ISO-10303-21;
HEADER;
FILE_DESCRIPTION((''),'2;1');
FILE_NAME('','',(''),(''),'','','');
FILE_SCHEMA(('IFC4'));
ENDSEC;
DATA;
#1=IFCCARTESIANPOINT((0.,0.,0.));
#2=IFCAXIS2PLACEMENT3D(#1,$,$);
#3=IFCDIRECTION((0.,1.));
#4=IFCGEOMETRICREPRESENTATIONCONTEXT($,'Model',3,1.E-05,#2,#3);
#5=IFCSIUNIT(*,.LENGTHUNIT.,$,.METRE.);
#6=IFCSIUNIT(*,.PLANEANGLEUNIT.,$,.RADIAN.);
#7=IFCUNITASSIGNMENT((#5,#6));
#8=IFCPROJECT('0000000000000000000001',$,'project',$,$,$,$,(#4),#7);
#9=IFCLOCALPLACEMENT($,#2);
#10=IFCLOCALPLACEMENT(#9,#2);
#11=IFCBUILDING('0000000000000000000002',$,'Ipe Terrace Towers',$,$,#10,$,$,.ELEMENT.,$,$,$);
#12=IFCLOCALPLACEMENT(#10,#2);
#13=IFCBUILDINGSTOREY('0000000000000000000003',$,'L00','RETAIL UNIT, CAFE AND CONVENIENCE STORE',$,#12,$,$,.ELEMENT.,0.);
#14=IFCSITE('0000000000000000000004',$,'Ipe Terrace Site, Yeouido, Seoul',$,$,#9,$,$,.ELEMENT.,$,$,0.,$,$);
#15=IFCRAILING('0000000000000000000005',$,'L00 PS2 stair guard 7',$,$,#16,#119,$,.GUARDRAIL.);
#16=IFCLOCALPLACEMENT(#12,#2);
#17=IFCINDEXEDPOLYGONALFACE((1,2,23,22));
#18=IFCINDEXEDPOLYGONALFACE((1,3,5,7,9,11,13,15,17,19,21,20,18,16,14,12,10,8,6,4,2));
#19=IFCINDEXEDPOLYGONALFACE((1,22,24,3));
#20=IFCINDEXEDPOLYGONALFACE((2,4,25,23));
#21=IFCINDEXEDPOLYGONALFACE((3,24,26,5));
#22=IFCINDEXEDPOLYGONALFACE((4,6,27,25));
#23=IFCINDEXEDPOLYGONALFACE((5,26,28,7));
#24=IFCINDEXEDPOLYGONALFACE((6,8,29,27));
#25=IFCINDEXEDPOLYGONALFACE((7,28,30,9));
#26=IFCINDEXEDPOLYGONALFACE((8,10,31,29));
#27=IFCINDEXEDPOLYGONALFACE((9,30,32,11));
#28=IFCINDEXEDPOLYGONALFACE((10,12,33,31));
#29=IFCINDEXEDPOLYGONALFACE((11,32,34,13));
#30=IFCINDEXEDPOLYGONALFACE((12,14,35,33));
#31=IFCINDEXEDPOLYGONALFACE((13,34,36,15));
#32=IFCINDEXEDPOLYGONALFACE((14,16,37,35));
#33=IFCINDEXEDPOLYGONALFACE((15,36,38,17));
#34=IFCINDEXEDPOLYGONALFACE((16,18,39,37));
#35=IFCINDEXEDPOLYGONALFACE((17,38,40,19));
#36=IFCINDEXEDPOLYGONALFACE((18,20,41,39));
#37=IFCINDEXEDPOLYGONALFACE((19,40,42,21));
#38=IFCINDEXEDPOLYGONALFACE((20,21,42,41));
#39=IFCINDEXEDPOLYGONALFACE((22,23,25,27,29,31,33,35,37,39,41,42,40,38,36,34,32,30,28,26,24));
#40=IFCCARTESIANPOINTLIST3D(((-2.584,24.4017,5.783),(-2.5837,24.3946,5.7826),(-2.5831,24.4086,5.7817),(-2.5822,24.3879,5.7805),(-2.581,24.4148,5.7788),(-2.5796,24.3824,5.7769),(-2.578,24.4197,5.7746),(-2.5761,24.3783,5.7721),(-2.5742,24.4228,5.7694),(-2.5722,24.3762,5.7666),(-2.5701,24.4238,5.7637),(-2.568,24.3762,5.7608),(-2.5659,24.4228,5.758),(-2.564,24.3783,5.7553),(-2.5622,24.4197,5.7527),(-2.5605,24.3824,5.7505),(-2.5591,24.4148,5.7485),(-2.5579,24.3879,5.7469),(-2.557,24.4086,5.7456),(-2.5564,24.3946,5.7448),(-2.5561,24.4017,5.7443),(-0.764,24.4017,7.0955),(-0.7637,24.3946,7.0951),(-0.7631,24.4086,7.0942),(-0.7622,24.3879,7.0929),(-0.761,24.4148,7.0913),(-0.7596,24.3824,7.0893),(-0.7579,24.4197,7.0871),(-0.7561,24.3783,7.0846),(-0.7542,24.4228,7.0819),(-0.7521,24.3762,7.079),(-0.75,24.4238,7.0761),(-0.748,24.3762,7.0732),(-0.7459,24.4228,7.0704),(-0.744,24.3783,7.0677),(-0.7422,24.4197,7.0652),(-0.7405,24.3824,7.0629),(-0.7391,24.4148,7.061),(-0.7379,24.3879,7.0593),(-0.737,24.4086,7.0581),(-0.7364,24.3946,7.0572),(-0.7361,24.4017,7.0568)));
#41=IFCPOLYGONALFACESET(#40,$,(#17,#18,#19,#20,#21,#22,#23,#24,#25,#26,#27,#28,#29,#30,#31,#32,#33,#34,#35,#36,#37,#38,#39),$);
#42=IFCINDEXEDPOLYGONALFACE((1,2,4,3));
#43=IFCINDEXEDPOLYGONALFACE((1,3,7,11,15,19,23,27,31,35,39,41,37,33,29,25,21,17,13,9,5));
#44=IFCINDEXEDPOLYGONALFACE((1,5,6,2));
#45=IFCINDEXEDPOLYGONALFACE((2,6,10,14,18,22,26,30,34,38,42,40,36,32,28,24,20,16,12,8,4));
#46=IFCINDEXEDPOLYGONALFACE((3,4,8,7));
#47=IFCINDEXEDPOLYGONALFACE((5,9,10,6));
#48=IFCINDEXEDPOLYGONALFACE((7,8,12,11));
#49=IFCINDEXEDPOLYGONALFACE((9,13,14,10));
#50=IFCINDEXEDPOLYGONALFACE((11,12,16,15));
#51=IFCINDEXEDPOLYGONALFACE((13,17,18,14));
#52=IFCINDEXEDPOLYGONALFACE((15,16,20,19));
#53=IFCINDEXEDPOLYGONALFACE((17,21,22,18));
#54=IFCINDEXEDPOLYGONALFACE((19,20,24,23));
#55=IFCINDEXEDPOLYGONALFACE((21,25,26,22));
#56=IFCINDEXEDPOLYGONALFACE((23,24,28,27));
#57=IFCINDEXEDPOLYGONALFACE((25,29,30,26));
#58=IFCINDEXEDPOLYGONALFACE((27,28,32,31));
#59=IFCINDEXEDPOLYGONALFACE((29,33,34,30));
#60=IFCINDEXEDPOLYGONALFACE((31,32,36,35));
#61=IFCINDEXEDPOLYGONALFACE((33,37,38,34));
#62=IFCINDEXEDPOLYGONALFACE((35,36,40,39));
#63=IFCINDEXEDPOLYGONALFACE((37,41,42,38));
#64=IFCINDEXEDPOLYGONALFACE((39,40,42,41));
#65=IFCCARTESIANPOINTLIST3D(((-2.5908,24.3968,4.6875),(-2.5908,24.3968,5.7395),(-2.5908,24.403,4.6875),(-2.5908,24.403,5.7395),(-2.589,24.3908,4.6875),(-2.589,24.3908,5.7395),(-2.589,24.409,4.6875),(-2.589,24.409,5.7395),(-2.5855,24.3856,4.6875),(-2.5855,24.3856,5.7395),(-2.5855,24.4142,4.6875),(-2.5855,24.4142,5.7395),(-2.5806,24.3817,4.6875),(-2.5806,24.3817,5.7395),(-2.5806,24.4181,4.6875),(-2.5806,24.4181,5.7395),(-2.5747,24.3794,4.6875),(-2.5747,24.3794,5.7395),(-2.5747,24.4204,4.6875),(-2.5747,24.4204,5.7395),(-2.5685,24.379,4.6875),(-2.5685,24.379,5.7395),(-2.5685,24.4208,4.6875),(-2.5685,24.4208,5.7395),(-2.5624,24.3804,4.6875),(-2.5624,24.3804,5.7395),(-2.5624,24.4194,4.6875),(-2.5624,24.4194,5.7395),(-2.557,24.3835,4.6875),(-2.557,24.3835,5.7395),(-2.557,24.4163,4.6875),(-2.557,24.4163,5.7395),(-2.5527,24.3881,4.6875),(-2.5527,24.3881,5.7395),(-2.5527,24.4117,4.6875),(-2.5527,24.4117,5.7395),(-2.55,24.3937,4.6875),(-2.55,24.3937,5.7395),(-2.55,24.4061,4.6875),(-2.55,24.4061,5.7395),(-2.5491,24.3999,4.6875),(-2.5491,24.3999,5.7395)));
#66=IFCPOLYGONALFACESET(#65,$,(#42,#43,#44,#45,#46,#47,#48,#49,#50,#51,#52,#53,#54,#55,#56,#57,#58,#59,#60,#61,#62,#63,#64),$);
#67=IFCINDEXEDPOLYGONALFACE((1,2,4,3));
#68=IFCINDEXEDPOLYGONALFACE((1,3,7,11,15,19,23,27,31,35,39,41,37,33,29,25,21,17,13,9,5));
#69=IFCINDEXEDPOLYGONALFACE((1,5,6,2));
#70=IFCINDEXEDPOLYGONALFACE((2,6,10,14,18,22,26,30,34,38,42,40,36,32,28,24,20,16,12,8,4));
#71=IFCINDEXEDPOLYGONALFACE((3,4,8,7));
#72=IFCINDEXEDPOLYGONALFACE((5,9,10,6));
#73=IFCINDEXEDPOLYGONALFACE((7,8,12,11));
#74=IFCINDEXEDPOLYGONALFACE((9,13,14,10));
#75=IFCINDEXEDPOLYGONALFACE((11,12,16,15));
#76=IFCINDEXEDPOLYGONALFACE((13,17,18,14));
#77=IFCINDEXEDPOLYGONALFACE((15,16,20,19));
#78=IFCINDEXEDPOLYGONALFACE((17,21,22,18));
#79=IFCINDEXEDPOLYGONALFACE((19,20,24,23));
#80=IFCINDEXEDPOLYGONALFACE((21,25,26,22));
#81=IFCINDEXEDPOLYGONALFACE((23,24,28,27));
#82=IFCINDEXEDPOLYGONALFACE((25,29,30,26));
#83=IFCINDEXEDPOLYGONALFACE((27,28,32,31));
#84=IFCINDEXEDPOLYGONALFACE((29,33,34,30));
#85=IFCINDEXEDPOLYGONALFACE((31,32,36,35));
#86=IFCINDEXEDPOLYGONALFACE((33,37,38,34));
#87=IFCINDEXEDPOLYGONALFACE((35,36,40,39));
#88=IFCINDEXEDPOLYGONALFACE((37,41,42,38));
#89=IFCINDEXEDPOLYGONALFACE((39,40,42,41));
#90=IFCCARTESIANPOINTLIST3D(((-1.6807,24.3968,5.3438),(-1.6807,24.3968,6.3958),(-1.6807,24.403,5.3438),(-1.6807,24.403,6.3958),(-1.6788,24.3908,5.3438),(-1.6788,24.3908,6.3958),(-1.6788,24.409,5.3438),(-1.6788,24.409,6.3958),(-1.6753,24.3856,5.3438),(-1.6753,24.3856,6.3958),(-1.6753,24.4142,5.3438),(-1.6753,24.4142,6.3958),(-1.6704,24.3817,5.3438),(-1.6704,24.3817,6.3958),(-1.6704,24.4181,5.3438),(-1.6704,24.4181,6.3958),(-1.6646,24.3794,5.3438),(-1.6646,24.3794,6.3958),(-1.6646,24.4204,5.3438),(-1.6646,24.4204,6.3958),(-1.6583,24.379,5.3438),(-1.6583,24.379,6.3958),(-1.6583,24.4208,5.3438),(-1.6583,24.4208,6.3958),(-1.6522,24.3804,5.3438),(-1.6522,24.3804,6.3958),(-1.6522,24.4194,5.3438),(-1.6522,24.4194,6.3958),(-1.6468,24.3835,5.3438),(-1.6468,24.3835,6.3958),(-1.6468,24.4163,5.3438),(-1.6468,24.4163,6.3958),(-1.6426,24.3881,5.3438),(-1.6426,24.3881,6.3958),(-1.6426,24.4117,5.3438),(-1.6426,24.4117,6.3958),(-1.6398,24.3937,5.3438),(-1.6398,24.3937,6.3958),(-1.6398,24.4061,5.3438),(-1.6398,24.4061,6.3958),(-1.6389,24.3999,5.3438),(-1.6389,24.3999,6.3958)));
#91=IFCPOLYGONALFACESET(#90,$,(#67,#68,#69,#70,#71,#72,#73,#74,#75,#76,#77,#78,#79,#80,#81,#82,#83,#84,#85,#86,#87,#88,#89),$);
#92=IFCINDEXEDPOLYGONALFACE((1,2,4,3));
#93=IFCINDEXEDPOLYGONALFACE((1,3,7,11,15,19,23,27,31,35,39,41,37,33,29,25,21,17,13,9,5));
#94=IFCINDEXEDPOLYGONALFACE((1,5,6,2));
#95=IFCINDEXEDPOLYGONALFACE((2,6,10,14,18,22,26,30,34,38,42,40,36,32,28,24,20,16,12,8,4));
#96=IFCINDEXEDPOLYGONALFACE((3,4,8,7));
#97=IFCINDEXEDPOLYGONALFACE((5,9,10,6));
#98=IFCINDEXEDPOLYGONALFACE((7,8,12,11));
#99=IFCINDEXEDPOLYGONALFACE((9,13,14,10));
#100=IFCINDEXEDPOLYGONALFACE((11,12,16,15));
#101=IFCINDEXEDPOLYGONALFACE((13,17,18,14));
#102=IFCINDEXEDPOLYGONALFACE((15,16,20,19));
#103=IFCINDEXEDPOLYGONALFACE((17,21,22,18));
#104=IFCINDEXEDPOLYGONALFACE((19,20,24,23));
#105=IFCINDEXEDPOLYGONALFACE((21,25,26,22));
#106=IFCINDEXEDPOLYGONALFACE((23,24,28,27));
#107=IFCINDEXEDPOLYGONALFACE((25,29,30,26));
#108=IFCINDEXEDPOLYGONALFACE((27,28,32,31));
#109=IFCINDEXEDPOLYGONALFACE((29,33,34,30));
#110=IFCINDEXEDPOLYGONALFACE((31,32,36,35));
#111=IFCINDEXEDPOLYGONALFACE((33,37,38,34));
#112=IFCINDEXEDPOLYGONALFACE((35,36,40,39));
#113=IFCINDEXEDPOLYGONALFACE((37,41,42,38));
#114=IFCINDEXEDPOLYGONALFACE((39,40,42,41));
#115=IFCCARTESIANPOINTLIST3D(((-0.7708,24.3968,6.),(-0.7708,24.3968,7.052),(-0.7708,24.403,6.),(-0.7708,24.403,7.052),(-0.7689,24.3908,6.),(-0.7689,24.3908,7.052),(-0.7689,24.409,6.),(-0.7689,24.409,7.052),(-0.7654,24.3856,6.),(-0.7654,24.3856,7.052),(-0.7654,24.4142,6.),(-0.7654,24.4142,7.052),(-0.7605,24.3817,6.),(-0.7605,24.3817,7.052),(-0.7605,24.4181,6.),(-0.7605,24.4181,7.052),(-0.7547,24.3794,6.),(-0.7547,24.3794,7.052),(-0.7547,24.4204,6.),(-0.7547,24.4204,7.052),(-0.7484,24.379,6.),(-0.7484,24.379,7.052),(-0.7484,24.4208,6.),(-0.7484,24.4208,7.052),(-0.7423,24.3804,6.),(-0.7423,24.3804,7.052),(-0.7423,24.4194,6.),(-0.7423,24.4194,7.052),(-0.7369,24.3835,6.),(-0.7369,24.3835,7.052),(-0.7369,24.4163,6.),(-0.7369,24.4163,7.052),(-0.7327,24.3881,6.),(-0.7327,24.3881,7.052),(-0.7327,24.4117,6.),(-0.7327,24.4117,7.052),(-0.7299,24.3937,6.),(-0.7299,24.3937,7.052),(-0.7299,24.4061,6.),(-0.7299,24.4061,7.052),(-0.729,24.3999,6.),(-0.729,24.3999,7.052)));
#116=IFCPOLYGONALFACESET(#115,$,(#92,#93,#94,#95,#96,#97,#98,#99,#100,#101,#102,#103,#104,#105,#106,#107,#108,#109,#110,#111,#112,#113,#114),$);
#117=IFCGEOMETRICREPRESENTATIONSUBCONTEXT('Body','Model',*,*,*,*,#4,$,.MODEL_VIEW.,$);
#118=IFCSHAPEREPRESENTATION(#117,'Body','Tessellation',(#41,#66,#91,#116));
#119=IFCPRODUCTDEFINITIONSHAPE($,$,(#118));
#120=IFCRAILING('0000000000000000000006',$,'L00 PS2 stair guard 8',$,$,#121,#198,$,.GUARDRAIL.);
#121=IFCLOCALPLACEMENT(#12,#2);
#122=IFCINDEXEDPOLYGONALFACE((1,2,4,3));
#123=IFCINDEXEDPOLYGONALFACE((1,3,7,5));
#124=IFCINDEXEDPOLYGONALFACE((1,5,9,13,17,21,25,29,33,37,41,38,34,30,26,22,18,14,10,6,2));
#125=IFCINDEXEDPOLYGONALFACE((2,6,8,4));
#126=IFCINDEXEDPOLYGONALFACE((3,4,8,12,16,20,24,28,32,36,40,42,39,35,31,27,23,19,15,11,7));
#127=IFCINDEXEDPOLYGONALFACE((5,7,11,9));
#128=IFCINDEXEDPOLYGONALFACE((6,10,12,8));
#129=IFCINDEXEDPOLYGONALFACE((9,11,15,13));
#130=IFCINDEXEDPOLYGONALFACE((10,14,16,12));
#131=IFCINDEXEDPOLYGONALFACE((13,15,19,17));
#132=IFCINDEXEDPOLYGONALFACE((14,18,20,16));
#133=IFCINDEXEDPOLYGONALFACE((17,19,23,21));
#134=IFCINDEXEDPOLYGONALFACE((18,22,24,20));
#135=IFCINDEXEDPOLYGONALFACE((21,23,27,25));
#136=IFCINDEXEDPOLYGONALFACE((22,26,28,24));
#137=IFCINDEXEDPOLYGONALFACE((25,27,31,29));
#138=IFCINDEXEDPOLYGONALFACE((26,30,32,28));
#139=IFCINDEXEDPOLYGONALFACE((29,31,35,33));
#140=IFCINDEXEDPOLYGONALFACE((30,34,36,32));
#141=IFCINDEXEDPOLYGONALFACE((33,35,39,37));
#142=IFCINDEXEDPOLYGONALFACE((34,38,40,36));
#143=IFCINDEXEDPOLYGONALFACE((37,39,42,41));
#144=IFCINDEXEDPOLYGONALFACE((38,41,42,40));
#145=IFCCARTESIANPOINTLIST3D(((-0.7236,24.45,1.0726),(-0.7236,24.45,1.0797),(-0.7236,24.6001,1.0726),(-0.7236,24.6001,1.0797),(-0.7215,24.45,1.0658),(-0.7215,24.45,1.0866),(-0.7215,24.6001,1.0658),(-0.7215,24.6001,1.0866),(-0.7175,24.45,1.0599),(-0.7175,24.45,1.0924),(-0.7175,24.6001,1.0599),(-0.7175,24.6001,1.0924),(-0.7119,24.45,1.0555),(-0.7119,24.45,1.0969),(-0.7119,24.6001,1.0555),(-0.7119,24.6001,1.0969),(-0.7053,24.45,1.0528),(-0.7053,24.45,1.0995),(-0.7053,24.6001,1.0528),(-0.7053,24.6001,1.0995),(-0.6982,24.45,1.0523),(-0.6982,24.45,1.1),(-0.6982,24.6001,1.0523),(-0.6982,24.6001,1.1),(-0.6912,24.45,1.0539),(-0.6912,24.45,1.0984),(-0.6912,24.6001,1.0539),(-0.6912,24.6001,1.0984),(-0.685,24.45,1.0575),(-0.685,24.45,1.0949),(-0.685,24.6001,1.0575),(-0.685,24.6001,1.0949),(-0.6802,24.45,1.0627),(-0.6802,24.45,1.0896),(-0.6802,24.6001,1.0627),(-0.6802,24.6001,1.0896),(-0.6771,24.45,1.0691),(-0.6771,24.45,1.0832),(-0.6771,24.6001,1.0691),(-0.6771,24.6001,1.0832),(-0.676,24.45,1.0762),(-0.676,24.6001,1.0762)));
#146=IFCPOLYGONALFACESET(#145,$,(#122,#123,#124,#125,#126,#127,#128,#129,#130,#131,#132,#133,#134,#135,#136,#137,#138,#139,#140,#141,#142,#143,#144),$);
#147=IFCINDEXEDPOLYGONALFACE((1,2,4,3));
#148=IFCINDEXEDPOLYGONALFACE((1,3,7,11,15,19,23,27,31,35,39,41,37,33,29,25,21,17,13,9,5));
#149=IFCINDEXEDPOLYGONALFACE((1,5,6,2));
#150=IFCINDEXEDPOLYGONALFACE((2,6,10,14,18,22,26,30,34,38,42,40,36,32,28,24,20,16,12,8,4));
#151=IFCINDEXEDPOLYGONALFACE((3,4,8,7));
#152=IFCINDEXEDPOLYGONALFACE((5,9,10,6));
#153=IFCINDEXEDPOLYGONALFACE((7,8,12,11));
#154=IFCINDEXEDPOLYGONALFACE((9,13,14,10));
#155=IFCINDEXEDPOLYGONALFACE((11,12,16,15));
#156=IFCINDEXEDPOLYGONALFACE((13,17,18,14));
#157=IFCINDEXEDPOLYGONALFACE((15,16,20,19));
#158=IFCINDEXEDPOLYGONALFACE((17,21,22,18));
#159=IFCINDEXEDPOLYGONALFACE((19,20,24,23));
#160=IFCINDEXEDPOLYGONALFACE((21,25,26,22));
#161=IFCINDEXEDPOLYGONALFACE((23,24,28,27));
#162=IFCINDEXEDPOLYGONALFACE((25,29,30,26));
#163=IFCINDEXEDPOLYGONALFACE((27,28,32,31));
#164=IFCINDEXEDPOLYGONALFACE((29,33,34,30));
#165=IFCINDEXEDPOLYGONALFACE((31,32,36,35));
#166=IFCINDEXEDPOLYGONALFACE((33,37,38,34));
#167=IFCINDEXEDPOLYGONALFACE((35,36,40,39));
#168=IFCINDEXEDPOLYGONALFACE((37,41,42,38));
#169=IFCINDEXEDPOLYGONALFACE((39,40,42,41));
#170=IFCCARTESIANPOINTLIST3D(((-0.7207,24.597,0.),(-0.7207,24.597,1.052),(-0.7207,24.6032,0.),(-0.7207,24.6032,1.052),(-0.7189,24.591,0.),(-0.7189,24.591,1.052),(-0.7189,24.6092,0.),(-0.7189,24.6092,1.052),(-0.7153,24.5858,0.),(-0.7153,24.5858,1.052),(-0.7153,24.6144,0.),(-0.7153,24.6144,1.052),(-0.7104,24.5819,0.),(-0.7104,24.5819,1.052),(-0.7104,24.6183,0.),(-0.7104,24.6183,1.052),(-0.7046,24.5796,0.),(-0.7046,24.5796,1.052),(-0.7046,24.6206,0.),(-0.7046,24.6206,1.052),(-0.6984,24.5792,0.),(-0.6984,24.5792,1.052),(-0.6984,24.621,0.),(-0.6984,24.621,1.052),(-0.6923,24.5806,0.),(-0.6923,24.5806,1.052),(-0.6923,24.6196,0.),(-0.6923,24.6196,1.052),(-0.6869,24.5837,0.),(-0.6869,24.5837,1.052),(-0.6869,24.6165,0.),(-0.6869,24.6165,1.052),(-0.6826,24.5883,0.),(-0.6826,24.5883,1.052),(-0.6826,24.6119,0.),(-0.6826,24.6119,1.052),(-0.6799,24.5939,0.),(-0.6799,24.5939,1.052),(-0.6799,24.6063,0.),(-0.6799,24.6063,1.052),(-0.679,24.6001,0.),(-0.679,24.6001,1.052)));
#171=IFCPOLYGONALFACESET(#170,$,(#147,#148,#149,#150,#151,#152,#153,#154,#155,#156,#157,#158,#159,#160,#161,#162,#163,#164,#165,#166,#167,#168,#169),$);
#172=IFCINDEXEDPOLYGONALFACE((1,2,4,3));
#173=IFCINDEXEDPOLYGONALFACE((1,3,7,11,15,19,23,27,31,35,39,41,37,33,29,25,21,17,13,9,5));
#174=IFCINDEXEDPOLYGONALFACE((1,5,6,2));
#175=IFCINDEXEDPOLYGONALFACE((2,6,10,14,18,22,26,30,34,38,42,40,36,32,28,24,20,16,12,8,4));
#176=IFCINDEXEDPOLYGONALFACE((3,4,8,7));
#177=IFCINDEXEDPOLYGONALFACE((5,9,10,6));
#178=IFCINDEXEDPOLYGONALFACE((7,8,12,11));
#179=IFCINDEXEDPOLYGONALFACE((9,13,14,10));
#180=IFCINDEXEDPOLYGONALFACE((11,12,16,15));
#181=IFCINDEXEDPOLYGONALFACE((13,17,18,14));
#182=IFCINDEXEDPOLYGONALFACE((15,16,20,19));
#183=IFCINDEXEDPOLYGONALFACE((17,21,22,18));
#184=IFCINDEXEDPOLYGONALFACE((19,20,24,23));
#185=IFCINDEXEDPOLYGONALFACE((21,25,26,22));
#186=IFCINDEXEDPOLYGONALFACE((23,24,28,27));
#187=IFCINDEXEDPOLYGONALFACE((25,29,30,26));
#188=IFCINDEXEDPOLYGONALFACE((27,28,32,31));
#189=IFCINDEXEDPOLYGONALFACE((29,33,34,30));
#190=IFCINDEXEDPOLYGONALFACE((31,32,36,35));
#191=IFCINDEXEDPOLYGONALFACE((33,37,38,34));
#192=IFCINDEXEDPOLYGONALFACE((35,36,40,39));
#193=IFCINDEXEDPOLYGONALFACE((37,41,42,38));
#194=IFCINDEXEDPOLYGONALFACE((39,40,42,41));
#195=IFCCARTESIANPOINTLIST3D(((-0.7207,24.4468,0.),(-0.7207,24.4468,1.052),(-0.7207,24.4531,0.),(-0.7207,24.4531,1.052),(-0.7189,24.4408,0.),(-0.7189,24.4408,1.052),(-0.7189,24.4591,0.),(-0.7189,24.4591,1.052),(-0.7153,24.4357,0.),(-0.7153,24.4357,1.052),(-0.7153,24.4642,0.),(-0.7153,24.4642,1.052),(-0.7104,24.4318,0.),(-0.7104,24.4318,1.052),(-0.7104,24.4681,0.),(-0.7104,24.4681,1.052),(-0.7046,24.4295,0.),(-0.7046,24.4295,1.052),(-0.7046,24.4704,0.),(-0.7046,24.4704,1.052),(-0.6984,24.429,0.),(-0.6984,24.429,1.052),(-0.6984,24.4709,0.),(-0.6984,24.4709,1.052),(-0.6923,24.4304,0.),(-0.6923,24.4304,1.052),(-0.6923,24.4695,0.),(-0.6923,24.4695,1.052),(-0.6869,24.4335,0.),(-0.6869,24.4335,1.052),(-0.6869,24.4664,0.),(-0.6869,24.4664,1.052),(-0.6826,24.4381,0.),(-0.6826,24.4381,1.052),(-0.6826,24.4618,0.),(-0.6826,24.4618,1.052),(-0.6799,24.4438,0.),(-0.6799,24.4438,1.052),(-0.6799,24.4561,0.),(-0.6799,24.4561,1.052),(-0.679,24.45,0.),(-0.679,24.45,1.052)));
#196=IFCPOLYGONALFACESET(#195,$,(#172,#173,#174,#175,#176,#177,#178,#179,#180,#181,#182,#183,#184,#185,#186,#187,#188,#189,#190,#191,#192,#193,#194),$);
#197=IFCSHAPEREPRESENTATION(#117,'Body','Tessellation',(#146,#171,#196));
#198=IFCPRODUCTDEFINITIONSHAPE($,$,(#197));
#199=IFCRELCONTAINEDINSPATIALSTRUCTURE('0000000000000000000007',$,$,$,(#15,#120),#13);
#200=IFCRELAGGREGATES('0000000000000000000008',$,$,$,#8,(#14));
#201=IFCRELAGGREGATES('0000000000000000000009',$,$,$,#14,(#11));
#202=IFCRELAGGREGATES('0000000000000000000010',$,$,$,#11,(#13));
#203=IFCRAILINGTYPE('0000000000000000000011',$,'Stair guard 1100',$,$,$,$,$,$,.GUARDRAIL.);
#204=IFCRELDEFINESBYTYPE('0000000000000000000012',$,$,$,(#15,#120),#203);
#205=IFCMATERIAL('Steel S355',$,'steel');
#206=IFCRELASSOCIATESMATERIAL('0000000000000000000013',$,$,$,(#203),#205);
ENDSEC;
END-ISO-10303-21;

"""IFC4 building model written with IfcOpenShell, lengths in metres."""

from ifc_helpers import new_model, si_unit, direction, frame, origin, origin_2d, place, context, subcontext, project, spatial, circle, extrude, material, type_object, element, save


model = new_model("IFC4")

# Units and contexts
model_context = context("Model", 3, precision=1e-05, world=origin(), true_north=direction((0.0, 1.0)))
body_context = subcontext(model_context, "Body", "Model", "MODEL_VIEW")
ifc_project = project(units=[si_unit("LENGTHUNIT", "METRE"), si_unit("PLANEANGLEUNIT", "RADIAN")], contexts=[model_context])

# Site, building, storey
site_placement = place(None, origin())
site = spatial("IfcSite", under=ifc_project, at=site_placement, Name="Ipe Terrace Site, Yeouido, Seoul", CompositionType="ELEMENT", RefElevation=0.0)
building_placement = place(site_placement, origin())
building = spatial("IfcBuilding", under=site, at=building_placement, Name="Ipe Terrace Towers", CompositionType="ELEMENT")
storey_placement = place(building_placement, origin())
storey = spatial("IfcBuildingStorey", under=building, at=storey_placement, Name="L00", Description="RETAIL UNIT, CAFE AND CONVENIENCE STORE", CompositionType="ELEMENT", Elevation=0.0)

# Railings
ifc_material_1 = material(Name="Steel S355", Category="steel")
railing_type_1 = type_object("IfcRailingType", Name="Stair guard 1100", PredefinedType="GUARDRAIL", material=ifc_material_1)
railing_1_placement = place(storey_placement, frame((-2.5701, 24.3999, 4.6875)))
element("IfcRailing", 1, at=railing_1_placement, inside=storey, type_object=railing_type_1, Name="L00 PS2 stair guard 7", PredefinedType="GUARDRAIL", context=body_context, shape_type="SweptSolid", body=[
    extrude(circle(Radius=0.0239, at=origin_2d()), frame((0.0, 0.0, 1.0762), z_axis=(0.811101, 0.0, 0.584906), x_axis=(0.0, 1.0, 0.0)), (0.0, 0.0, 1.0), 2.2439),
    extrude(circle(Radius=0.021, at=origin_2d()), origin(), (0.0, 0.0, 1.0), 1.052),
    extrude(circle(Radius=0.021, at=origin_2d()), frame((0.9102, 0.0, 0.6562)), (0.0, 0.0, 1.0), 1.052),
    extrude(circle(Radius=0.021, at=origin_2d()), frame((1.8201, 0.0, 1.3125)), (0.0, 0.0, 1.0), 1.052),
])
railing_2_placement = place(storey_placement, frame((-0.7, 24.6001, 0.0)))
element("IfcRailing", 2, at=railing_2_placement, inside=storey, type_object=railing_type_1, Name="L00 PS2 stair guard 8", PredefinedType="GUARDRAIL", context=body_context, shape_type="SweptSolid", body=[
    extrude(circle(Radius=0.0239, at=origin_2d()), frame((0.0, 0.0, 1.0762), z_axis=(0.0, -1.0, 0.0), x_axis=(1.0, 0.0, 0.0)), (0.0, 0.0, 1.0), 0.1501),
    extrude(circle(Radius=0.021, at=origin_2d()), origin(), (0.0, 0.0, 1.0), 1.052),
    extrude(circle(Radius=0.021, at=origin_2d()), frame((0.0, -0.1501, 0.0)), (0.0, 0.0, 1.0), 1.052),
])

save(model, "model.ifc")
